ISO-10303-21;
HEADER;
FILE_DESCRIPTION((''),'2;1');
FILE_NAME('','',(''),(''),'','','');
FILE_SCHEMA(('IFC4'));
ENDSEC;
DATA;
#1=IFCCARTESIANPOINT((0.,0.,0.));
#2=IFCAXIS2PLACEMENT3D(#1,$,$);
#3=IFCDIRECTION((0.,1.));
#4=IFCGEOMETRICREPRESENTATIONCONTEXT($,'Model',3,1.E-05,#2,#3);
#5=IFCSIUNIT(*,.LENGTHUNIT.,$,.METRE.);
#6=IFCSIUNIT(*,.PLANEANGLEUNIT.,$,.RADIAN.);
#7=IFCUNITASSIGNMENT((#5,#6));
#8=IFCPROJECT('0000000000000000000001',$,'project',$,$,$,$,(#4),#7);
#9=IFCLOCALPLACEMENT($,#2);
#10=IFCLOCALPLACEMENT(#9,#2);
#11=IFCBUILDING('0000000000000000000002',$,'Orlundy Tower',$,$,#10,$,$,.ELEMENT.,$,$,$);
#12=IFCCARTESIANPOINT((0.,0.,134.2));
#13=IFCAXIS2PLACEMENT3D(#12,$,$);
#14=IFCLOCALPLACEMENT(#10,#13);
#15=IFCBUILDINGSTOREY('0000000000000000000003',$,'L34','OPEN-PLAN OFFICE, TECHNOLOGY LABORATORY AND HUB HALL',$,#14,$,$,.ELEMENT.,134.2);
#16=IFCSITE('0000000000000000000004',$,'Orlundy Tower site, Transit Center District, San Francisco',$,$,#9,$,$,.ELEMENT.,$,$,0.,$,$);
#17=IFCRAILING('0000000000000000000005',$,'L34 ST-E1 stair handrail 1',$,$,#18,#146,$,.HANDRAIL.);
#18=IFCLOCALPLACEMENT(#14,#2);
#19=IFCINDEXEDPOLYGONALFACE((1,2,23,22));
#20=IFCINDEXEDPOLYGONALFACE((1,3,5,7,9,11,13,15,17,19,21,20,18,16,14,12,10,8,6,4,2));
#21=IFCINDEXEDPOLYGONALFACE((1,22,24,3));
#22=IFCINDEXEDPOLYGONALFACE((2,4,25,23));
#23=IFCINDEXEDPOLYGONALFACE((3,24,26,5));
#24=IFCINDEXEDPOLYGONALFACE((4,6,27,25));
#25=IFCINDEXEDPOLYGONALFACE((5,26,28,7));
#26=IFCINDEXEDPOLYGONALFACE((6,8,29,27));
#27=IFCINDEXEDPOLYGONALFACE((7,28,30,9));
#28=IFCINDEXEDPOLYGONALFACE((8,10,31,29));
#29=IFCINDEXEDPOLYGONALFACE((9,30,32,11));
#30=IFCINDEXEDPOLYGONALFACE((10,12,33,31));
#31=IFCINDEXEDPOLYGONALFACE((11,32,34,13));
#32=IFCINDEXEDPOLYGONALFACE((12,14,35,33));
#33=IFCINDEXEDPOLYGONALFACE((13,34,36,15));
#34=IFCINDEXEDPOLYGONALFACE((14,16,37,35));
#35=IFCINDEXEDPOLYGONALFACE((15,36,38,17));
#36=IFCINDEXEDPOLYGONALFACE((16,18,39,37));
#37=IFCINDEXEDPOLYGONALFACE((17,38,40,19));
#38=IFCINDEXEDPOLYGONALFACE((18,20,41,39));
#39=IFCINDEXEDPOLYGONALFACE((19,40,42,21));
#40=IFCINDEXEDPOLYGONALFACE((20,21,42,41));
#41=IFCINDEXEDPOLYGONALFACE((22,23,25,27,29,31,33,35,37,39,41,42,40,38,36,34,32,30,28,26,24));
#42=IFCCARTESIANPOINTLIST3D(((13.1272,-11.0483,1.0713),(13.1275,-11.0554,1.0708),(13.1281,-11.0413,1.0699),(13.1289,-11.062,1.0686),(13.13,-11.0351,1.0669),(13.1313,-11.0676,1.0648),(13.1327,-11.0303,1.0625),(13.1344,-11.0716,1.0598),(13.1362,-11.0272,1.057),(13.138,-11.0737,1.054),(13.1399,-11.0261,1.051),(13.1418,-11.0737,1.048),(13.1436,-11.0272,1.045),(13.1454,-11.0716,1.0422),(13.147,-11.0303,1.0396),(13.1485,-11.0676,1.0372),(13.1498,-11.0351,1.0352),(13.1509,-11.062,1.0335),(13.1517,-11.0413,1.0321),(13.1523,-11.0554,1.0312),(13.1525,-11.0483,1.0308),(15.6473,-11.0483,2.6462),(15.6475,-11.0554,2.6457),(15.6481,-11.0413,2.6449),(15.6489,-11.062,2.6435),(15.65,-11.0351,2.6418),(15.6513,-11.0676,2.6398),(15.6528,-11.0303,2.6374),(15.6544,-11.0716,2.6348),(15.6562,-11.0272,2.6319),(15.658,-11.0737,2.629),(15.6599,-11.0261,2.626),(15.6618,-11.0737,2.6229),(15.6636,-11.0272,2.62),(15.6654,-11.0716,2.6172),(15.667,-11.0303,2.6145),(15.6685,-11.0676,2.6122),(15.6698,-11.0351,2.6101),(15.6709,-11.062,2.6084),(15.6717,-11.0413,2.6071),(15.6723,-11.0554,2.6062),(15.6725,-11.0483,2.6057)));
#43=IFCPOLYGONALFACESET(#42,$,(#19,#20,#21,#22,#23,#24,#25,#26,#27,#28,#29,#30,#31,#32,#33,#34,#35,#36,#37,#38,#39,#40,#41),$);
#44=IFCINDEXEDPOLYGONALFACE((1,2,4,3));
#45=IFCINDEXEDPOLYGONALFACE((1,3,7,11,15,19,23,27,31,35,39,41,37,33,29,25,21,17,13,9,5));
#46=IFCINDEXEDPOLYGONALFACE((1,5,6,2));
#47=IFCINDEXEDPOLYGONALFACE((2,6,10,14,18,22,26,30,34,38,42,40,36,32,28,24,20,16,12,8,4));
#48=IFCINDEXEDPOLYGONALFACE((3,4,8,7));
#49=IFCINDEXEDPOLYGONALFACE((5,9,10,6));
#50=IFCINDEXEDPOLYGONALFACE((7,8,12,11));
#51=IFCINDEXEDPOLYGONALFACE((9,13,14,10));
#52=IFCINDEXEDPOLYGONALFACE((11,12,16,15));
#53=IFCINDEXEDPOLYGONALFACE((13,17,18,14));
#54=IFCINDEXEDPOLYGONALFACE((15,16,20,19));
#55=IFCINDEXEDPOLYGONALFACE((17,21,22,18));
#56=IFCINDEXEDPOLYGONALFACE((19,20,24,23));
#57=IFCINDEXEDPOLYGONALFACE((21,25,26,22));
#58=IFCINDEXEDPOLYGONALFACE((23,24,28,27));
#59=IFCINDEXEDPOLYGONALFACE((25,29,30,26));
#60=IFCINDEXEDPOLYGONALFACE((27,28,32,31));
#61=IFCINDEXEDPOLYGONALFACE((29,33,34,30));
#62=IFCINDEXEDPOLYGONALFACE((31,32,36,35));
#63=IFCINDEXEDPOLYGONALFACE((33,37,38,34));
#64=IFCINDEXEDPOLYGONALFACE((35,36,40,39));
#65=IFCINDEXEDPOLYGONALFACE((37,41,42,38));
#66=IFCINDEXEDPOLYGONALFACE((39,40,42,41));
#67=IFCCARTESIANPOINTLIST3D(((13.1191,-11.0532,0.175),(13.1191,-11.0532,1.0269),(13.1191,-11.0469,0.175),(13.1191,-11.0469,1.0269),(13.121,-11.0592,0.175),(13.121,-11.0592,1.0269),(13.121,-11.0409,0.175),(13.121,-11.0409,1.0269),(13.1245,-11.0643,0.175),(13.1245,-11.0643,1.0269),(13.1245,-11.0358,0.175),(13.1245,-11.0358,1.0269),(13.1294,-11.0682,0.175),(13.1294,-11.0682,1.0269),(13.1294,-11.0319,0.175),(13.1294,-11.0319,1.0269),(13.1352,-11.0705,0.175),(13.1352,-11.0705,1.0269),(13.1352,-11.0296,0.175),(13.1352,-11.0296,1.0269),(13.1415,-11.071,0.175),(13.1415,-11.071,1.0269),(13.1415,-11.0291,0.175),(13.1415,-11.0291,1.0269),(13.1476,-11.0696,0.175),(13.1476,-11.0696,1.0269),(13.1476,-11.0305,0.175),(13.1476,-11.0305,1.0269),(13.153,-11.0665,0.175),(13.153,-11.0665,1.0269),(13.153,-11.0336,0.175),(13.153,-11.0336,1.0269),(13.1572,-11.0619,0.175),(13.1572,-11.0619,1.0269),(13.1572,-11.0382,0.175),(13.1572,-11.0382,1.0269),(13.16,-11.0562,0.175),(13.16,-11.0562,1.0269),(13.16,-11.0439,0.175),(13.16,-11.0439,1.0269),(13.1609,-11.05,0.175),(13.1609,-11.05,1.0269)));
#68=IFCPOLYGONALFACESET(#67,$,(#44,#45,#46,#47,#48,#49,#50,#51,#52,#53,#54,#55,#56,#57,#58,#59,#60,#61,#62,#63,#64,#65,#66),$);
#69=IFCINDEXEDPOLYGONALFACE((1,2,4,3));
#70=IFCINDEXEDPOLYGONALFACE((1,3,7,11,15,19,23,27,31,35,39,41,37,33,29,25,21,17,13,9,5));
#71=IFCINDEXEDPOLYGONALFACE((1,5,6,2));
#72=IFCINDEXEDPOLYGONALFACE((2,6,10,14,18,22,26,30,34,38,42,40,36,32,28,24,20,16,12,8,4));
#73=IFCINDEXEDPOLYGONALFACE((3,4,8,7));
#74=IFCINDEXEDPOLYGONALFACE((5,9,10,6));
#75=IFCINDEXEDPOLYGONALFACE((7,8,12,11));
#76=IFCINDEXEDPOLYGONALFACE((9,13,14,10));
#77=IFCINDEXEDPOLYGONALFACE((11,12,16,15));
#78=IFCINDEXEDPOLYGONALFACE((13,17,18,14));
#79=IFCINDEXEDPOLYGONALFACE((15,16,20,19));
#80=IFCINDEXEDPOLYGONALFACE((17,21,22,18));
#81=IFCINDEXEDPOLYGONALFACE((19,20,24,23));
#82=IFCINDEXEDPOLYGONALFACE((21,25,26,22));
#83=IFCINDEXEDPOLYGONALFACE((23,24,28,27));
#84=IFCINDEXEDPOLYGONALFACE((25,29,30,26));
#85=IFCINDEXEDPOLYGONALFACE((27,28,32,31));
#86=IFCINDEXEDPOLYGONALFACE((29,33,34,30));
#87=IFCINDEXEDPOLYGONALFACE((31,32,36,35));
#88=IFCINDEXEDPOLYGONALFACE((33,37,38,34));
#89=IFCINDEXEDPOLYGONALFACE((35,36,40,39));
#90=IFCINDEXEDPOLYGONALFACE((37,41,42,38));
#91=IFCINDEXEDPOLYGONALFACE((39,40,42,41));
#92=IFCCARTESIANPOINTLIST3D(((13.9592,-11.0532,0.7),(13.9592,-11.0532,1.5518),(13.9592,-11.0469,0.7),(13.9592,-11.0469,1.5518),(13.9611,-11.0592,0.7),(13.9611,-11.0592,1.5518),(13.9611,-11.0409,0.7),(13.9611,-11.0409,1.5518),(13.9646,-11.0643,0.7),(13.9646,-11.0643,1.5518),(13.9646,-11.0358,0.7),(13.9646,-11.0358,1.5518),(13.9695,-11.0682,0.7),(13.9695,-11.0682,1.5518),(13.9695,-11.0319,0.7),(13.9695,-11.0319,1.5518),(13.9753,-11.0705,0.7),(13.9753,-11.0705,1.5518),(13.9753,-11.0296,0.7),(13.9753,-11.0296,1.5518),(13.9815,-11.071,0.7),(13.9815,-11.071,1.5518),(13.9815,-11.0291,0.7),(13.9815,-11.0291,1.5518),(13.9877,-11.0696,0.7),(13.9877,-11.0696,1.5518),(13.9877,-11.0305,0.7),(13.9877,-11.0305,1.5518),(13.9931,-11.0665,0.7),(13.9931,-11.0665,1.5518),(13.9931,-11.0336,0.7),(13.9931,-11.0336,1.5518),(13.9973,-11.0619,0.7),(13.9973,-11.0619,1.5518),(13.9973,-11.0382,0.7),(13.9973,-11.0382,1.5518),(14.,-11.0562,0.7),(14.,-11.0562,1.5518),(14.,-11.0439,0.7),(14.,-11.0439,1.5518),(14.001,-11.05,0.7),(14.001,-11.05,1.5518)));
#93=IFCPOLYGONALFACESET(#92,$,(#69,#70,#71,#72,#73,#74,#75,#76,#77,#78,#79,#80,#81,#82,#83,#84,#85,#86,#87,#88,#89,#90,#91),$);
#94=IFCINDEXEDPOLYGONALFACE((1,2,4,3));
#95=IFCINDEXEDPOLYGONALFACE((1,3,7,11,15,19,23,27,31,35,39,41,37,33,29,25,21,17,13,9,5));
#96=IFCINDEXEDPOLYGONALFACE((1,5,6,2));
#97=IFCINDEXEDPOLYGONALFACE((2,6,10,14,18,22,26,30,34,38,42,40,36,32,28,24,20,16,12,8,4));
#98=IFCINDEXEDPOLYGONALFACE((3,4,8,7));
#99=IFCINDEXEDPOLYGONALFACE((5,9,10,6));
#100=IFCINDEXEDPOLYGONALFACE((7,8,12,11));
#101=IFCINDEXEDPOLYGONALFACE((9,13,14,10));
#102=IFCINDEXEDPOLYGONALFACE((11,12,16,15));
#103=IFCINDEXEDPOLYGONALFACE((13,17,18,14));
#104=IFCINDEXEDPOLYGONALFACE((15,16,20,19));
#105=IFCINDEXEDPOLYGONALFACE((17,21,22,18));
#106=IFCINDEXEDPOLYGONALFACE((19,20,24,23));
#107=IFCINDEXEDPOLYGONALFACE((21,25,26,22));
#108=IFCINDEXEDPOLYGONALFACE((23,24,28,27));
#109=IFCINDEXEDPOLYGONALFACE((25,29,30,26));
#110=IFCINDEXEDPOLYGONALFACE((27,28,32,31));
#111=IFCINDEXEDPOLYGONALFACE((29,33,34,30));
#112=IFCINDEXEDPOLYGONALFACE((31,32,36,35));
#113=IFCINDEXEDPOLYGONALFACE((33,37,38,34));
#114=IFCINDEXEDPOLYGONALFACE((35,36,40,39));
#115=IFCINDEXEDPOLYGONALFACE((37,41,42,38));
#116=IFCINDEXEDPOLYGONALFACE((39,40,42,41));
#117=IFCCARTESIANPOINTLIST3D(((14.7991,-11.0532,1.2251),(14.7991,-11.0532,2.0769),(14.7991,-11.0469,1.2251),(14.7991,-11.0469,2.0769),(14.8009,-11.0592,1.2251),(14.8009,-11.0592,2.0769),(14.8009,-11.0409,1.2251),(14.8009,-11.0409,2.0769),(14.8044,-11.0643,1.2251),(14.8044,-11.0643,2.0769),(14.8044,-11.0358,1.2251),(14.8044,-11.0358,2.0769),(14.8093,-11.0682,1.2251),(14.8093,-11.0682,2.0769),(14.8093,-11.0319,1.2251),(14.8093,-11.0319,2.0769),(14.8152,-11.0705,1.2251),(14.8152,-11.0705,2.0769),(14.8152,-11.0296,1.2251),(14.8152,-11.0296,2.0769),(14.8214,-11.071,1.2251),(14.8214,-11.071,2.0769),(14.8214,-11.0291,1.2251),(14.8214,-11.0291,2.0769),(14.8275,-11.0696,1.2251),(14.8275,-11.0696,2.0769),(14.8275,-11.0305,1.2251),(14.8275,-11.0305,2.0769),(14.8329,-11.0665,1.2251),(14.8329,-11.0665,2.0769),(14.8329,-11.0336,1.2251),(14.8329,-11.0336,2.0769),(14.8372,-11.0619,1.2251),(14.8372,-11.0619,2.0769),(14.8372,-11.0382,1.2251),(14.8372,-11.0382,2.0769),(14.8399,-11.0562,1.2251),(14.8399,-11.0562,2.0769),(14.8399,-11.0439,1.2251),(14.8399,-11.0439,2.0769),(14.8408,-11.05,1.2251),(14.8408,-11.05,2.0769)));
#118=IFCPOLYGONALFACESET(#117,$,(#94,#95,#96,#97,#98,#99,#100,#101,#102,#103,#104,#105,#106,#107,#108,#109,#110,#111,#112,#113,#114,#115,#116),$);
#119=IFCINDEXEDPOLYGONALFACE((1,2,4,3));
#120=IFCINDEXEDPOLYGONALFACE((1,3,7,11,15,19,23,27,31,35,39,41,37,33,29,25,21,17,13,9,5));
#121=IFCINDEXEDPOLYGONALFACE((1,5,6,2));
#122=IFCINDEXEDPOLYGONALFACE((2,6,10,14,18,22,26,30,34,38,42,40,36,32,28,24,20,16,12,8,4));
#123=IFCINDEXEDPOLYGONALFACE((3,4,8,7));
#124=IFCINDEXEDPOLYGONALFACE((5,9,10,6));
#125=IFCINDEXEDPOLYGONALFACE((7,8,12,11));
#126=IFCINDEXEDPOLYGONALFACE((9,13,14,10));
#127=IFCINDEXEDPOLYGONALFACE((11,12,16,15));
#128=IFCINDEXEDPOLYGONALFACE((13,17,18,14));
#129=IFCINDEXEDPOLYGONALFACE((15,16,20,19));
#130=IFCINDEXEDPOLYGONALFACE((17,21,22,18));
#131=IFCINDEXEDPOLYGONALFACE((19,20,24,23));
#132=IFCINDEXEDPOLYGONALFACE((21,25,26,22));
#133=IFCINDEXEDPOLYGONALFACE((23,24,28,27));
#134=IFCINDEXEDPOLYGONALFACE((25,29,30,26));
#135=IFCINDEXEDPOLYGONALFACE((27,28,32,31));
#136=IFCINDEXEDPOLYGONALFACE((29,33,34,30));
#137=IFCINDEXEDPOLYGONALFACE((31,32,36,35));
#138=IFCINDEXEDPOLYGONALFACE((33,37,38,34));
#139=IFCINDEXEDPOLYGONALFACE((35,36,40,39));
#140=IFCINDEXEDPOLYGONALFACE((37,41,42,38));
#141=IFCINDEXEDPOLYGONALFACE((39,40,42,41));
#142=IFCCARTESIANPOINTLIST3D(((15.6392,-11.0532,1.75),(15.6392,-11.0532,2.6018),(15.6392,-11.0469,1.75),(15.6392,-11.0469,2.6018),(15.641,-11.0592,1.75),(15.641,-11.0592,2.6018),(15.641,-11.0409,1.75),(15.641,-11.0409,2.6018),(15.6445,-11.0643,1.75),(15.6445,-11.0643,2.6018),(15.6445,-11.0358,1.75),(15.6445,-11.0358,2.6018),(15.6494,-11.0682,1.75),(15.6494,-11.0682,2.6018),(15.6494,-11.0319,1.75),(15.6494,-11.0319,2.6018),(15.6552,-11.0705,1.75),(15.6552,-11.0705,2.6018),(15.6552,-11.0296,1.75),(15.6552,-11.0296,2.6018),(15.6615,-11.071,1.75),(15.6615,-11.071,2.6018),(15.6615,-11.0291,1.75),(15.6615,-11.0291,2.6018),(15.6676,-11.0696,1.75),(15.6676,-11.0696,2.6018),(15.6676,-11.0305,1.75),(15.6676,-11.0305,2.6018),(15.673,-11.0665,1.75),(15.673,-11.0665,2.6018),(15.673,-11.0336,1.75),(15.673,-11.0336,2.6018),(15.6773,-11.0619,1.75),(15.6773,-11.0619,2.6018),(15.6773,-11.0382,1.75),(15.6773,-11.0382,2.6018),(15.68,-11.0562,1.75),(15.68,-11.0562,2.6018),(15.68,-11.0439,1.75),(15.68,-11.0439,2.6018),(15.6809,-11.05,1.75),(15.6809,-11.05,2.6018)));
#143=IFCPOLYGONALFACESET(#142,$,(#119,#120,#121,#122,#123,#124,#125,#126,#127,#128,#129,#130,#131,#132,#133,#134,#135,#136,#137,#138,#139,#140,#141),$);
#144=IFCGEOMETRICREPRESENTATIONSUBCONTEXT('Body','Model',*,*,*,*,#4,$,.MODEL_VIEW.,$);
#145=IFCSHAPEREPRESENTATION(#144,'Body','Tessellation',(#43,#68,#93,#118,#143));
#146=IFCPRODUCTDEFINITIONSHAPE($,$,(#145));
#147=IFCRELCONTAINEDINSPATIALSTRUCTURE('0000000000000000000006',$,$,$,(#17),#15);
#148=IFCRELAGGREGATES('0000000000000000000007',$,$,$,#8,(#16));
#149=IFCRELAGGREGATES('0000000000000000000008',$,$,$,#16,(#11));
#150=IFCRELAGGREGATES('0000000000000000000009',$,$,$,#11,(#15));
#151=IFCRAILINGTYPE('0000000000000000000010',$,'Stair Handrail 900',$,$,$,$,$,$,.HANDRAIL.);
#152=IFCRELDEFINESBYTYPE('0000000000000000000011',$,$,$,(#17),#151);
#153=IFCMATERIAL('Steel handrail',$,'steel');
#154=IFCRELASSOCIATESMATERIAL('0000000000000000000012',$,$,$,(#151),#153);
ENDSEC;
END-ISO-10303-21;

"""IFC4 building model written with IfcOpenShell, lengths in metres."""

from ifc_helpers import new_model, si_unit, direction, frame, origin, origin_2d, place, context, subcontext, project, spatial, circle, extrude, material, type_object, element, save


model = new_model("IFC4")

# Units and contexts
model_context = context("Model", 3, precision=1e-05, world=origin(), true_north=direction((0.0, 1.0)))
body_context = subcontext(model_context, "Body", "Model", "MODEL_VIEW")
ifc_project = project(units=[si_unit("LENGTHUNIT", "METRE"), si_unit("PLANEANGLEUNIT", "RADIAN")], contexts=[model_context])

# Site, building, storey
site_placement = place(None, origin())
site = spatial("IfcSite", under=ifc_project, at=site_placement, Name="Orlundy Tower site, Transit Center District, San Francisco", CompositionType="ELEMENT", RefElevation=0.0)
building_placement = place(site_placement, origin())
building = spatial("IfcBuilding", under=site, at=building_placement, Name="Orlundy Tower", CompositionType="ELEMENT")
storey_placement = place(building_placement, frame((0.0, 0.0, 134.2)))
storey = spatial("IfcBuildingStorey", under=building, at=storey_placement, Name="L34", Description="OPEN-PLAN OFFICE, TECHNOLOGY LABORATORY AND HUB HALL", CompositionType="ELEMENT", Elevation=134.2)

# Railing
ifc_material_1 = material(Name="Steel handrail", Category="steel")
railing_type_1 = type_object("IfcRailingType", Name="Stair Handrail 900", PredefinedType="HANDRAIL", material=ifc_material_1)
railing_1_placement = place(storey_placement, frame((13.1399, -11.05, 0.175)))
element("IfcRailing", 1, at=railing_1_placement, inside=storey, type_object=railing_type_1, Name="L34 ST-E1 stair handrail 1", PredefinedType="HANDRAIL", context=body_context, shape_type="SweptSolid", body=[
    extrude(circle(Radius=0.0239, at=origin_2d()), frame((0.0, 0.0, 0.876), z_axis=(0.848008, 0.0, 0.529984), x_axis=(0.0, 1.0, 0.0)), (0.0, 0.0, 1.0), 2.9717),
    extrude(circle(Radius=0.021, at=origin_2d()), origin(), (0.0, 0.0, 1.0), 0.8518),
    extrude(circle(Radius=0.021, at=origin_2d()), frame((0.8401, 0.0, 0.5249)), (0.0, 0.0, 1.0), 0.8518),
    extrude(circle(Radius=0.021, at=origin_2d()), frame((1.6799, 0.0, 1.05)), (0.0, 0.0, 1.0), 0.8518),
    extrude(circle(Radius=0.021, at=origin_2d()), frame((2.52, 0.0, 1.575)), (0.0, 0.0, 1.0), 0.8518),
])

save(model, "model.ifc")
